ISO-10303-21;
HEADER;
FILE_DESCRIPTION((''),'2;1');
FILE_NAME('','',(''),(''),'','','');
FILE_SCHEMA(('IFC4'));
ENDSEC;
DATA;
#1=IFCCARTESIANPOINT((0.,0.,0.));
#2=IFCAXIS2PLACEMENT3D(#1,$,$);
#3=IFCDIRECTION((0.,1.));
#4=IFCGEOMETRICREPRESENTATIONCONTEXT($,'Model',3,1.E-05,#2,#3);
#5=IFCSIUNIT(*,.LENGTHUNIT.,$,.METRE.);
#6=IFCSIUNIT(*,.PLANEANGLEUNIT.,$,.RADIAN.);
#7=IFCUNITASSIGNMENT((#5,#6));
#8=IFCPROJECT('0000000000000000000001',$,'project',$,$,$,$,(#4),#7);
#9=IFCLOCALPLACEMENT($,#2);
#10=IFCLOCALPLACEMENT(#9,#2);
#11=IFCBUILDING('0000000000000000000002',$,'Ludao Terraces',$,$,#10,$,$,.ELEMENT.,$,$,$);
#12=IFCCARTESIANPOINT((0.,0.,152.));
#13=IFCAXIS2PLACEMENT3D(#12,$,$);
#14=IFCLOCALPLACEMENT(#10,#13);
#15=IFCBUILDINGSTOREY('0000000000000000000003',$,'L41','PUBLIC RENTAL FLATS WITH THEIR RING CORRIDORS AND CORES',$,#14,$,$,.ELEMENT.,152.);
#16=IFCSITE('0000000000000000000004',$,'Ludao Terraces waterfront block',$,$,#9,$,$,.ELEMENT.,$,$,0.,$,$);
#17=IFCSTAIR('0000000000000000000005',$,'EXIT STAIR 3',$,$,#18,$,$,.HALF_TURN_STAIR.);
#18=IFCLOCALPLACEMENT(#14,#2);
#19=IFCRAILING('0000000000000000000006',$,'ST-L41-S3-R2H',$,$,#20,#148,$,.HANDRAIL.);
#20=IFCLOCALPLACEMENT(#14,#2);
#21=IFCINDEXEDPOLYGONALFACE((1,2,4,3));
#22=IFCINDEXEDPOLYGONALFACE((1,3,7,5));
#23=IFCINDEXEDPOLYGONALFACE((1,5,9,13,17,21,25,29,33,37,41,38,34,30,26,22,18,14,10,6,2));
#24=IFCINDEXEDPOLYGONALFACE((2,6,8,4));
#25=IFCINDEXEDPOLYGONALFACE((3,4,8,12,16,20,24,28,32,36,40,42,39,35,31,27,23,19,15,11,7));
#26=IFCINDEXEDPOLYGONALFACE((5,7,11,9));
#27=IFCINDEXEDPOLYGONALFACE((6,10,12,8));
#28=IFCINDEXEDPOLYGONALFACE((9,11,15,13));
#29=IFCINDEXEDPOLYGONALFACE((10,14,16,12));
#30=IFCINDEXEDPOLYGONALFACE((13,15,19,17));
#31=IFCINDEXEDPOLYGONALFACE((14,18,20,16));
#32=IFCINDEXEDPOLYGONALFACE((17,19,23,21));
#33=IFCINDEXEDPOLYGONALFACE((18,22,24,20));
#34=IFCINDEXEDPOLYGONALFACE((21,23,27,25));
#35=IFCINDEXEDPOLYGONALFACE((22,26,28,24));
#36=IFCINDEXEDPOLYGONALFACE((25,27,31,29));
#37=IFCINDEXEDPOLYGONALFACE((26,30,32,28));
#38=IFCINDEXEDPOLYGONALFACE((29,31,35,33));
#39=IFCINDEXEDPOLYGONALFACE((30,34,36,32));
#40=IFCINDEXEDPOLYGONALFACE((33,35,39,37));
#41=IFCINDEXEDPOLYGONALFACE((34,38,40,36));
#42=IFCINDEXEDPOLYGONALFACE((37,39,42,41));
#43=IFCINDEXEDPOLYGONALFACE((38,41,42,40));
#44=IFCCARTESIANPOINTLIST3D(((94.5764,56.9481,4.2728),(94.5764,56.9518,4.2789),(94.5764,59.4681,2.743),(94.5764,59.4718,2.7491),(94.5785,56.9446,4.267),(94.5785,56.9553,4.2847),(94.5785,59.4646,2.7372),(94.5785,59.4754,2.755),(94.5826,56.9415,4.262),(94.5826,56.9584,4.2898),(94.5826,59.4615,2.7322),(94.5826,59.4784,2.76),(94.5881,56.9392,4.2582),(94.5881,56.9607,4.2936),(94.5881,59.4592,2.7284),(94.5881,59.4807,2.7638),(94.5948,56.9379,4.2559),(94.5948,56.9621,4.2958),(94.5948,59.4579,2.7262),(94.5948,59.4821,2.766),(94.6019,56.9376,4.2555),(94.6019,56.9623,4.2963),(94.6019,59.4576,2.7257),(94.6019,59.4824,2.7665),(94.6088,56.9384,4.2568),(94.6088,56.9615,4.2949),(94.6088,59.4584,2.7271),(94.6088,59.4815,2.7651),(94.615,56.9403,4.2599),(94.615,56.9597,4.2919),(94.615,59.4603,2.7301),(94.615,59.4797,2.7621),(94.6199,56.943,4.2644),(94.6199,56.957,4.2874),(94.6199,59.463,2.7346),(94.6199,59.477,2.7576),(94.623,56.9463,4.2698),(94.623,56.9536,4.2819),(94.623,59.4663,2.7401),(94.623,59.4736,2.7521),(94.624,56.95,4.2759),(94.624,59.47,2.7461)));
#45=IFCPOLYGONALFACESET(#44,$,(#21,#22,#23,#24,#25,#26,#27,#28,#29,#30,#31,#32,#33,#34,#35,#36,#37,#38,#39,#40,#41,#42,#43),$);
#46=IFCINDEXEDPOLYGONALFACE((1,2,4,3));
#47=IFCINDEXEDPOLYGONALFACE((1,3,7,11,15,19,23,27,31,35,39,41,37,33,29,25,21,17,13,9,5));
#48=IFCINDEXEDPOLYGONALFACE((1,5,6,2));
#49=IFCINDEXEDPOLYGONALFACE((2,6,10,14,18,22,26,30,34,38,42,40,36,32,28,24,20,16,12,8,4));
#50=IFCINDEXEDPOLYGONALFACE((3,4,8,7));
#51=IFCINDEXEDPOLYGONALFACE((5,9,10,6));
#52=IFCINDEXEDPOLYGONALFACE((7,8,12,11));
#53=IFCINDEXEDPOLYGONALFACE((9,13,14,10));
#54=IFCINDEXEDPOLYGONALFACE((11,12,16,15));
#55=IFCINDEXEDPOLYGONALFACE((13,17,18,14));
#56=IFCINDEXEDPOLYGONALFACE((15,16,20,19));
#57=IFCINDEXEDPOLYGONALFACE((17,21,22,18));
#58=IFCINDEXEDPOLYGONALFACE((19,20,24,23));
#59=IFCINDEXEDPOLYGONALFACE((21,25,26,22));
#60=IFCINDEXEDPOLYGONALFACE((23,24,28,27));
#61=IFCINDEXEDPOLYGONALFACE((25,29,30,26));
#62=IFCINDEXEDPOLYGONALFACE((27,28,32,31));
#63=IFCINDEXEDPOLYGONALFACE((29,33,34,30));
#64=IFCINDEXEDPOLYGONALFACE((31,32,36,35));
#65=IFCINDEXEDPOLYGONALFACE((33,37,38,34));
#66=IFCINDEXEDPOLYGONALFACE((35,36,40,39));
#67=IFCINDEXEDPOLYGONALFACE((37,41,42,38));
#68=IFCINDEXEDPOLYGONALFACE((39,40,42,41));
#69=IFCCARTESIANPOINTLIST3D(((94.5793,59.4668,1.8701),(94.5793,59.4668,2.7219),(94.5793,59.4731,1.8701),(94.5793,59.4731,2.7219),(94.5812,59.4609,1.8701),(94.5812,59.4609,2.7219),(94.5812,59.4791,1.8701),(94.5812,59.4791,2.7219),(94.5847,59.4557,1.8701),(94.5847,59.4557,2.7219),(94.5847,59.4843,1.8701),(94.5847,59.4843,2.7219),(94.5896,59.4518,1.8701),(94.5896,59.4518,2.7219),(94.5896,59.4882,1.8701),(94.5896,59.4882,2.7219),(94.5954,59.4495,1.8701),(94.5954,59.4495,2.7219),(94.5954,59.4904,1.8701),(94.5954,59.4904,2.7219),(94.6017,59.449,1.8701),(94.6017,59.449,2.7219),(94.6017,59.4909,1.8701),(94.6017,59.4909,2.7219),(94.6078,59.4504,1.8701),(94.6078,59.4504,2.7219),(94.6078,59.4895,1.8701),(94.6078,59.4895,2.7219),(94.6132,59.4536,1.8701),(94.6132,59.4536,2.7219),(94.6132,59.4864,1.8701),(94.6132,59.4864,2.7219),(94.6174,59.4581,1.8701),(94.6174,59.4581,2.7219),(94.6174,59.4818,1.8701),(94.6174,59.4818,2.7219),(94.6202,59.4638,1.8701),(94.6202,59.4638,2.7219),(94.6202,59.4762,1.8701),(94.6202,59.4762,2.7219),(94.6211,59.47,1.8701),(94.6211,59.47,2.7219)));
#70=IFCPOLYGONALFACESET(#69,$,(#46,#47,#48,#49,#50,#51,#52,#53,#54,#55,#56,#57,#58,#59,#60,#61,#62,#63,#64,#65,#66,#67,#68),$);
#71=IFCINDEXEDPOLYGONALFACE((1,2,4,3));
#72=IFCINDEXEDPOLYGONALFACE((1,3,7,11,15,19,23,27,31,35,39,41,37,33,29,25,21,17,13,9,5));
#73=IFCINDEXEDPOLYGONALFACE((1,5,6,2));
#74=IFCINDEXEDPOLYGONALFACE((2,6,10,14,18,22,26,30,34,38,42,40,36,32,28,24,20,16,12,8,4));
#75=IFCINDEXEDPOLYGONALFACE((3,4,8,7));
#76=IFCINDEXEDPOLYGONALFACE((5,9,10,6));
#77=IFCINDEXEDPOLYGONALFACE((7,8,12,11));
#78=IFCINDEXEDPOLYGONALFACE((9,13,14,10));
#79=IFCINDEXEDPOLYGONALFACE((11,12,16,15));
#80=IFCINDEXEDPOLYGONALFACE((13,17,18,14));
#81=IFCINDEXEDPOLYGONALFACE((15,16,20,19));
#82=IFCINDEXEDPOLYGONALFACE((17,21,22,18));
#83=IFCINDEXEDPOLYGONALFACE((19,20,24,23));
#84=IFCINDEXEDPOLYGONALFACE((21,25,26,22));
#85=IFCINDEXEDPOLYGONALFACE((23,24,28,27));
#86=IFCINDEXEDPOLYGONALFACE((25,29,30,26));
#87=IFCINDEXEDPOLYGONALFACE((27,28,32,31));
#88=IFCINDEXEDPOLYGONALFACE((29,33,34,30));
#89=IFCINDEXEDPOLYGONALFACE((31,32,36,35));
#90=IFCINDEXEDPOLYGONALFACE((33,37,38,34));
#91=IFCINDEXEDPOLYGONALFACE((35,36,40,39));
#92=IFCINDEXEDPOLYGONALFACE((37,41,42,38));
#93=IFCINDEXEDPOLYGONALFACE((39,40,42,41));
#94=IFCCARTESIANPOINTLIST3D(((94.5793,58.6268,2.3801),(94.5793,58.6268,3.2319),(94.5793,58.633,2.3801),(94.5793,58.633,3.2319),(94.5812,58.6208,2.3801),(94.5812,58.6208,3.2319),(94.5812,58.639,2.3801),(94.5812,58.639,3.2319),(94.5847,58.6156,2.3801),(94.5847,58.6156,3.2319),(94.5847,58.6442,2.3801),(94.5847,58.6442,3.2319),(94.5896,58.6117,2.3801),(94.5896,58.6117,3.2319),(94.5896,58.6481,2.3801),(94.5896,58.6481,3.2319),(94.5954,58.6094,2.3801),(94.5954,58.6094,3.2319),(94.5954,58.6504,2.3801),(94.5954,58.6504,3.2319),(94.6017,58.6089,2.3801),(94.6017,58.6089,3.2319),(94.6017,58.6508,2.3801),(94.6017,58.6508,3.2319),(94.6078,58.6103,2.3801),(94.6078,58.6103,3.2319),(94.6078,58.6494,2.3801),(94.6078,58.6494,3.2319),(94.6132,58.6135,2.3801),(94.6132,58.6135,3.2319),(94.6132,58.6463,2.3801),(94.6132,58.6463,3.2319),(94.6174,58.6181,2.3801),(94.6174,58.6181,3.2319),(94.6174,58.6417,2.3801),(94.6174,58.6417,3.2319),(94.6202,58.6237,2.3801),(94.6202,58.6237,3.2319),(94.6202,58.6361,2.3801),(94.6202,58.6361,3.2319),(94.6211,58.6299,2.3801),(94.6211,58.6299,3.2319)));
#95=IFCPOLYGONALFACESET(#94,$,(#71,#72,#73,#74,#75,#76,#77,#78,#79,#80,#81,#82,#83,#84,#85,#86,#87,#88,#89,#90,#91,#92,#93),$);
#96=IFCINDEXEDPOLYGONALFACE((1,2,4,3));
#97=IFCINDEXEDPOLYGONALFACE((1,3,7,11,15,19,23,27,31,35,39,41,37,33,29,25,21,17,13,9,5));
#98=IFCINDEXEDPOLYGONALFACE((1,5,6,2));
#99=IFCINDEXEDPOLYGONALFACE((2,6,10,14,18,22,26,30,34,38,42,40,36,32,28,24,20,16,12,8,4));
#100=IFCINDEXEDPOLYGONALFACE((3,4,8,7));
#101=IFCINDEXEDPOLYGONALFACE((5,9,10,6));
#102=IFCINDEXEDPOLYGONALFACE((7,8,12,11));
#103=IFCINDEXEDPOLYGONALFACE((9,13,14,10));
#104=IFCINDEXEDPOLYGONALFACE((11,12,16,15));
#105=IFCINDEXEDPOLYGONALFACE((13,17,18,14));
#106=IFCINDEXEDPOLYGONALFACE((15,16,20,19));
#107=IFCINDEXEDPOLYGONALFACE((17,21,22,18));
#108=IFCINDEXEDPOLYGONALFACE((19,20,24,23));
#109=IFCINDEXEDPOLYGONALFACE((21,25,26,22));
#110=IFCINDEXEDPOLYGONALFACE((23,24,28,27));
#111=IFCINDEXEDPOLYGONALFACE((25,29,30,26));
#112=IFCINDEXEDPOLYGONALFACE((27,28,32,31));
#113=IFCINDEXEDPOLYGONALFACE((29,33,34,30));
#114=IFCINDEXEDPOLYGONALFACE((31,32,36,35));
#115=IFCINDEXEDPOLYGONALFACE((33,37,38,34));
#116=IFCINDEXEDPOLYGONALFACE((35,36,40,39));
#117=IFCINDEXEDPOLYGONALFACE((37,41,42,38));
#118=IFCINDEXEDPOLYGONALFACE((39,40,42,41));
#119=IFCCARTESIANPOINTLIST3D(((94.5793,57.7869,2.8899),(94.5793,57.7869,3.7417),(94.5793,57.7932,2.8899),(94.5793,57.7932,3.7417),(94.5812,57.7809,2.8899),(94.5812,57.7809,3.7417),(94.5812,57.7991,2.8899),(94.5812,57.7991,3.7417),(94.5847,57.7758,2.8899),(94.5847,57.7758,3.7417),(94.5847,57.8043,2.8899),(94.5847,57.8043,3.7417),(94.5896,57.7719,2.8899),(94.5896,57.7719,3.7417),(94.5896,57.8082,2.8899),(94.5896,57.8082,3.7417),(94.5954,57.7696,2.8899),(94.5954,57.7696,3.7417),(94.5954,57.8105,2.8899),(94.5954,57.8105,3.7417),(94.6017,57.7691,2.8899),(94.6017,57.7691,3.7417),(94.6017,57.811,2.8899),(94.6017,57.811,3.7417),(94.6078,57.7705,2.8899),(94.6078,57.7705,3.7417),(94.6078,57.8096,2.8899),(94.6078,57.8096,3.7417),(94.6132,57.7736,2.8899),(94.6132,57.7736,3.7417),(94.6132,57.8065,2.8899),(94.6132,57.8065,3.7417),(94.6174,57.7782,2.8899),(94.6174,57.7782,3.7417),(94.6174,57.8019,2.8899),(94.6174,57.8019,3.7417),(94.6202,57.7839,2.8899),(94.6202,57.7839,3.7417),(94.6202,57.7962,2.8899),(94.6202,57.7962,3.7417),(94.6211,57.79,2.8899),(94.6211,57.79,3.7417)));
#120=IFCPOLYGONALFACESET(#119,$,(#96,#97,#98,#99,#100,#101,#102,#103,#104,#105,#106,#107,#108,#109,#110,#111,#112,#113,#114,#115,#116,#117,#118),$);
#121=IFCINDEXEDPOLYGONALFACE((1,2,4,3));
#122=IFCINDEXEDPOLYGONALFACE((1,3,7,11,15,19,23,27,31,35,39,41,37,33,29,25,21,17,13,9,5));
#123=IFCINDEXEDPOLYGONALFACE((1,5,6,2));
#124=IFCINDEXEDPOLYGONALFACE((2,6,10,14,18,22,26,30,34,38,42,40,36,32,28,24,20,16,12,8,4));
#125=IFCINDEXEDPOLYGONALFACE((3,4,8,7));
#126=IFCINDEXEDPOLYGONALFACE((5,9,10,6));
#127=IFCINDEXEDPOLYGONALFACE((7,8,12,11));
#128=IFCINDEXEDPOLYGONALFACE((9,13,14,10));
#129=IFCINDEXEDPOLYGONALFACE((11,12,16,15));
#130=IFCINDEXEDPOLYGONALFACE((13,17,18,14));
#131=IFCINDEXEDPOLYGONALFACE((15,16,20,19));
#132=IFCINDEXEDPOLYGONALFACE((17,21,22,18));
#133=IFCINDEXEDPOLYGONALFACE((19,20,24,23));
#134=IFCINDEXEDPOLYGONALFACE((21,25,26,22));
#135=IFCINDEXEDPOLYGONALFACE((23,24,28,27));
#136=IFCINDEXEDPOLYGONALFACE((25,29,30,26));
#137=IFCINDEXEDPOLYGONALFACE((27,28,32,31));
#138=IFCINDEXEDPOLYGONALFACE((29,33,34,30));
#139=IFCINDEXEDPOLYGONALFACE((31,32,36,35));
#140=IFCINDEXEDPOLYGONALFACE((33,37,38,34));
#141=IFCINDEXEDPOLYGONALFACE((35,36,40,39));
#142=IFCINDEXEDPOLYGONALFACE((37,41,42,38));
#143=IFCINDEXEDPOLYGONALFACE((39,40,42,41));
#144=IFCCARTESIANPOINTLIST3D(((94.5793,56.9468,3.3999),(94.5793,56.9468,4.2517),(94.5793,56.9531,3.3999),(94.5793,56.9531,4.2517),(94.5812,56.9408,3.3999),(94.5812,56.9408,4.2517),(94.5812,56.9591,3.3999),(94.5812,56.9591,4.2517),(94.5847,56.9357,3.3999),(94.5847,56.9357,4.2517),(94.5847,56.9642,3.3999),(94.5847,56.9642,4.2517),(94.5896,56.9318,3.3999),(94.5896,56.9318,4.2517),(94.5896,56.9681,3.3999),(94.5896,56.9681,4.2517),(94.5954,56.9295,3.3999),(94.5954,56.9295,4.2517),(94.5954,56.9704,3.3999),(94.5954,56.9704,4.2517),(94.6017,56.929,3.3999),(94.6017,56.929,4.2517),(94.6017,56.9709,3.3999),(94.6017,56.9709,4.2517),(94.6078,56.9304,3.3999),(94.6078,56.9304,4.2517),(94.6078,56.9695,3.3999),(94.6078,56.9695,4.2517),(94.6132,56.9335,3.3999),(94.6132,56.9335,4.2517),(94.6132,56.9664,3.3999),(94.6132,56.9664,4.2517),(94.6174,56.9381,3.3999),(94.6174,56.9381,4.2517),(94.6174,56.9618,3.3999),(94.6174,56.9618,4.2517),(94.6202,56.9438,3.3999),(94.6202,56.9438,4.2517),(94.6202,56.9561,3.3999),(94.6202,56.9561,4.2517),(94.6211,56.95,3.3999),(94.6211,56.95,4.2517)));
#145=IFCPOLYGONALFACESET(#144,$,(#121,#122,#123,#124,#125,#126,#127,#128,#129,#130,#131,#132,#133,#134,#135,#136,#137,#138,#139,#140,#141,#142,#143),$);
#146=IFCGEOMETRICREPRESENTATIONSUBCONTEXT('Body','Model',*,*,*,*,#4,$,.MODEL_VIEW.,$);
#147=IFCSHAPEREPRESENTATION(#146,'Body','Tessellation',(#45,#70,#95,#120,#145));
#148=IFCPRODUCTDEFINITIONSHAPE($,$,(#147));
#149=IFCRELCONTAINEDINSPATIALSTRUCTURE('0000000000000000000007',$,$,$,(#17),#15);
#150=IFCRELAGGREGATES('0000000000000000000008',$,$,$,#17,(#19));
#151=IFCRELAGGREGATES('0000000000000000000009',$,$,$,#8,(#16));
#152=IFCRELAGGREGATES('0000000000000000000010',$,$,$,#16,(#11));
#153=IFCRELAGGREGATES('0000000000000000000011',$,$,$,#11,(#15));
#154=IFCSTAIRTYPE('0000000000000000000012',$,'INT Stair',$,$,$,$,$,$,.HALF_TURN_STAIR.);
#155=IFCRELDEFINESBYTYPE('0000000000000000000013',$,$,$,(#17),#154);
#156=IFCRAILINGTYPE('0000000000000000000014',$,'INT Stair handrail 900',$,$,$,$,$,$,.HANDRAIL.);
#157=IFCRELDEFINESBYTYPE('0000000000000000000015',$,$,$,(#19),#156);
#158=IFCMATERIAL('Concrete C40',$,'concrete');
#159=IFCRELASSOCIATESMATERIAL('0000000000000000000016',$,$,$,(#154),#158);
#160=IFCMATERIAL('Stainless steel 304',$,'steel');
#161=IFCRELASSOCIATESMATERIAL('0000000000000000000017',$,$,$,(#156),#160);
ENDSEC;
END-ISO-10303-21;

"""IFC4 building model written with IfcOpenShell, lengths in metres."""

from ifc_helpers import new_model, si_unit, direction, frame, origin, origin_2d, place, context, subcontext, project, spatial, circle, extrude, material, type_object, element, aggregate, save


model = new_model("IFC4")

# Units and contexts
model_context = context("Model", 3, precision=1e-05, world=origin(), true_north=direction((0.0, 1.0)))
body_context = subcontext(model_context, "Body", "Model", "MODEL_VIEW")
ifc_project = project(units=[si_unit("LENGTHUNIT", "METRE"), si_unit("PLANEANGLEUNIT", "RADIAN")], contexts=[model_context])

# Site, building, storey
site_placement = place(None, origin())
site = spatial("IfcSite", under=ifc_project, at=site_placement, Name="Ludao Terraces waterfront block", CompositionType="ELEMENT", RefElevation=0.0)
building_placement = place(site_placement, origin())
building = spatial("IfcBuilding", under=site, at=building_placement, Name="Ludao Terraces", CompositionType="ELEMENT")
storey_placement = place(building_placement, frame((0.0, 0.0, 152.0)))
storey = spatial("IfcBuildingStorey", under=building, at=storey_placement, Name="L41", Description="PUBLIC RENTAL FLATS WITH THEIR RING CORRIDORS AND CORES", CompositionType="ELEMENT", Elevation=152.0)

# Shared definitions
ifc_material_1 = material(Name="Concrete C40", Category="concrete")

# Stair, railing
stair_type = type_object("IfcStairType", Name="INT Stair", PredefinedType="HALF_TURN_STAIR", material=ifc_material_1)
stair_placement = place(storey_placement, origin())
stair = element("IfcStair", 1, at=stair_placement, inside=storey, type_object=stair_type, Name="EXIT STAIR 3", PredefinedType="HALF_TURN_STAIR")
ifc_material_2 = material(Name="Stainless steel 304", Category="steel")
railing_type_1 = type_object("IfcRailingType", Name="INT Stair handrail 900", PredefinedType="HANDRAIL", material=ifc_material_2)
railing_1_placement = place(storey_placement, frame((94.6001, 59.47, 1.8701)))
railing_1 = element("IfcRailing", 2, at=railing_1_placement, type_object=railing_type_1, Name="ST-L41-S3-R2H", PredefinedType="HANDRAIL", context=body_context, shape_type="SweptSolid", body=[
    extrude(circle(Radius=0.0239, at=origin_2d()), frame((0.0, 0.0, 0.876), z_axis=(0.0, -0.854822, 0.518922), x_axis=(1.0, 0.0, 0.0)), (0.0, 0.0, 1.0), 2.948),
    extrude(circle(Radius=0.021, at=origin_2d()), origin(), (0.0, 0.0, 1.0), 0.8518),
    extrude(circle(Radius=0.021, at=origin_2d()), frame((0.0, -0.8401, 0.51)), (0.0, 0.0, 1.0), 0.8518),
    extrude(circle(Radius=0.021, at=origin_2d()), frame((0.0, -1.6799, 1.0198)), (0.0, 0.0, 1.0), 0.8518),
    extrude(circle(Radius=0.021, at=origin_2d()), frame((0.0, -2.52, 1.5298)), (0.0, 0.0, 1.0), 0.8518),
])
aggregate(stair, [railing_1])

save(model, "model.ifc")
